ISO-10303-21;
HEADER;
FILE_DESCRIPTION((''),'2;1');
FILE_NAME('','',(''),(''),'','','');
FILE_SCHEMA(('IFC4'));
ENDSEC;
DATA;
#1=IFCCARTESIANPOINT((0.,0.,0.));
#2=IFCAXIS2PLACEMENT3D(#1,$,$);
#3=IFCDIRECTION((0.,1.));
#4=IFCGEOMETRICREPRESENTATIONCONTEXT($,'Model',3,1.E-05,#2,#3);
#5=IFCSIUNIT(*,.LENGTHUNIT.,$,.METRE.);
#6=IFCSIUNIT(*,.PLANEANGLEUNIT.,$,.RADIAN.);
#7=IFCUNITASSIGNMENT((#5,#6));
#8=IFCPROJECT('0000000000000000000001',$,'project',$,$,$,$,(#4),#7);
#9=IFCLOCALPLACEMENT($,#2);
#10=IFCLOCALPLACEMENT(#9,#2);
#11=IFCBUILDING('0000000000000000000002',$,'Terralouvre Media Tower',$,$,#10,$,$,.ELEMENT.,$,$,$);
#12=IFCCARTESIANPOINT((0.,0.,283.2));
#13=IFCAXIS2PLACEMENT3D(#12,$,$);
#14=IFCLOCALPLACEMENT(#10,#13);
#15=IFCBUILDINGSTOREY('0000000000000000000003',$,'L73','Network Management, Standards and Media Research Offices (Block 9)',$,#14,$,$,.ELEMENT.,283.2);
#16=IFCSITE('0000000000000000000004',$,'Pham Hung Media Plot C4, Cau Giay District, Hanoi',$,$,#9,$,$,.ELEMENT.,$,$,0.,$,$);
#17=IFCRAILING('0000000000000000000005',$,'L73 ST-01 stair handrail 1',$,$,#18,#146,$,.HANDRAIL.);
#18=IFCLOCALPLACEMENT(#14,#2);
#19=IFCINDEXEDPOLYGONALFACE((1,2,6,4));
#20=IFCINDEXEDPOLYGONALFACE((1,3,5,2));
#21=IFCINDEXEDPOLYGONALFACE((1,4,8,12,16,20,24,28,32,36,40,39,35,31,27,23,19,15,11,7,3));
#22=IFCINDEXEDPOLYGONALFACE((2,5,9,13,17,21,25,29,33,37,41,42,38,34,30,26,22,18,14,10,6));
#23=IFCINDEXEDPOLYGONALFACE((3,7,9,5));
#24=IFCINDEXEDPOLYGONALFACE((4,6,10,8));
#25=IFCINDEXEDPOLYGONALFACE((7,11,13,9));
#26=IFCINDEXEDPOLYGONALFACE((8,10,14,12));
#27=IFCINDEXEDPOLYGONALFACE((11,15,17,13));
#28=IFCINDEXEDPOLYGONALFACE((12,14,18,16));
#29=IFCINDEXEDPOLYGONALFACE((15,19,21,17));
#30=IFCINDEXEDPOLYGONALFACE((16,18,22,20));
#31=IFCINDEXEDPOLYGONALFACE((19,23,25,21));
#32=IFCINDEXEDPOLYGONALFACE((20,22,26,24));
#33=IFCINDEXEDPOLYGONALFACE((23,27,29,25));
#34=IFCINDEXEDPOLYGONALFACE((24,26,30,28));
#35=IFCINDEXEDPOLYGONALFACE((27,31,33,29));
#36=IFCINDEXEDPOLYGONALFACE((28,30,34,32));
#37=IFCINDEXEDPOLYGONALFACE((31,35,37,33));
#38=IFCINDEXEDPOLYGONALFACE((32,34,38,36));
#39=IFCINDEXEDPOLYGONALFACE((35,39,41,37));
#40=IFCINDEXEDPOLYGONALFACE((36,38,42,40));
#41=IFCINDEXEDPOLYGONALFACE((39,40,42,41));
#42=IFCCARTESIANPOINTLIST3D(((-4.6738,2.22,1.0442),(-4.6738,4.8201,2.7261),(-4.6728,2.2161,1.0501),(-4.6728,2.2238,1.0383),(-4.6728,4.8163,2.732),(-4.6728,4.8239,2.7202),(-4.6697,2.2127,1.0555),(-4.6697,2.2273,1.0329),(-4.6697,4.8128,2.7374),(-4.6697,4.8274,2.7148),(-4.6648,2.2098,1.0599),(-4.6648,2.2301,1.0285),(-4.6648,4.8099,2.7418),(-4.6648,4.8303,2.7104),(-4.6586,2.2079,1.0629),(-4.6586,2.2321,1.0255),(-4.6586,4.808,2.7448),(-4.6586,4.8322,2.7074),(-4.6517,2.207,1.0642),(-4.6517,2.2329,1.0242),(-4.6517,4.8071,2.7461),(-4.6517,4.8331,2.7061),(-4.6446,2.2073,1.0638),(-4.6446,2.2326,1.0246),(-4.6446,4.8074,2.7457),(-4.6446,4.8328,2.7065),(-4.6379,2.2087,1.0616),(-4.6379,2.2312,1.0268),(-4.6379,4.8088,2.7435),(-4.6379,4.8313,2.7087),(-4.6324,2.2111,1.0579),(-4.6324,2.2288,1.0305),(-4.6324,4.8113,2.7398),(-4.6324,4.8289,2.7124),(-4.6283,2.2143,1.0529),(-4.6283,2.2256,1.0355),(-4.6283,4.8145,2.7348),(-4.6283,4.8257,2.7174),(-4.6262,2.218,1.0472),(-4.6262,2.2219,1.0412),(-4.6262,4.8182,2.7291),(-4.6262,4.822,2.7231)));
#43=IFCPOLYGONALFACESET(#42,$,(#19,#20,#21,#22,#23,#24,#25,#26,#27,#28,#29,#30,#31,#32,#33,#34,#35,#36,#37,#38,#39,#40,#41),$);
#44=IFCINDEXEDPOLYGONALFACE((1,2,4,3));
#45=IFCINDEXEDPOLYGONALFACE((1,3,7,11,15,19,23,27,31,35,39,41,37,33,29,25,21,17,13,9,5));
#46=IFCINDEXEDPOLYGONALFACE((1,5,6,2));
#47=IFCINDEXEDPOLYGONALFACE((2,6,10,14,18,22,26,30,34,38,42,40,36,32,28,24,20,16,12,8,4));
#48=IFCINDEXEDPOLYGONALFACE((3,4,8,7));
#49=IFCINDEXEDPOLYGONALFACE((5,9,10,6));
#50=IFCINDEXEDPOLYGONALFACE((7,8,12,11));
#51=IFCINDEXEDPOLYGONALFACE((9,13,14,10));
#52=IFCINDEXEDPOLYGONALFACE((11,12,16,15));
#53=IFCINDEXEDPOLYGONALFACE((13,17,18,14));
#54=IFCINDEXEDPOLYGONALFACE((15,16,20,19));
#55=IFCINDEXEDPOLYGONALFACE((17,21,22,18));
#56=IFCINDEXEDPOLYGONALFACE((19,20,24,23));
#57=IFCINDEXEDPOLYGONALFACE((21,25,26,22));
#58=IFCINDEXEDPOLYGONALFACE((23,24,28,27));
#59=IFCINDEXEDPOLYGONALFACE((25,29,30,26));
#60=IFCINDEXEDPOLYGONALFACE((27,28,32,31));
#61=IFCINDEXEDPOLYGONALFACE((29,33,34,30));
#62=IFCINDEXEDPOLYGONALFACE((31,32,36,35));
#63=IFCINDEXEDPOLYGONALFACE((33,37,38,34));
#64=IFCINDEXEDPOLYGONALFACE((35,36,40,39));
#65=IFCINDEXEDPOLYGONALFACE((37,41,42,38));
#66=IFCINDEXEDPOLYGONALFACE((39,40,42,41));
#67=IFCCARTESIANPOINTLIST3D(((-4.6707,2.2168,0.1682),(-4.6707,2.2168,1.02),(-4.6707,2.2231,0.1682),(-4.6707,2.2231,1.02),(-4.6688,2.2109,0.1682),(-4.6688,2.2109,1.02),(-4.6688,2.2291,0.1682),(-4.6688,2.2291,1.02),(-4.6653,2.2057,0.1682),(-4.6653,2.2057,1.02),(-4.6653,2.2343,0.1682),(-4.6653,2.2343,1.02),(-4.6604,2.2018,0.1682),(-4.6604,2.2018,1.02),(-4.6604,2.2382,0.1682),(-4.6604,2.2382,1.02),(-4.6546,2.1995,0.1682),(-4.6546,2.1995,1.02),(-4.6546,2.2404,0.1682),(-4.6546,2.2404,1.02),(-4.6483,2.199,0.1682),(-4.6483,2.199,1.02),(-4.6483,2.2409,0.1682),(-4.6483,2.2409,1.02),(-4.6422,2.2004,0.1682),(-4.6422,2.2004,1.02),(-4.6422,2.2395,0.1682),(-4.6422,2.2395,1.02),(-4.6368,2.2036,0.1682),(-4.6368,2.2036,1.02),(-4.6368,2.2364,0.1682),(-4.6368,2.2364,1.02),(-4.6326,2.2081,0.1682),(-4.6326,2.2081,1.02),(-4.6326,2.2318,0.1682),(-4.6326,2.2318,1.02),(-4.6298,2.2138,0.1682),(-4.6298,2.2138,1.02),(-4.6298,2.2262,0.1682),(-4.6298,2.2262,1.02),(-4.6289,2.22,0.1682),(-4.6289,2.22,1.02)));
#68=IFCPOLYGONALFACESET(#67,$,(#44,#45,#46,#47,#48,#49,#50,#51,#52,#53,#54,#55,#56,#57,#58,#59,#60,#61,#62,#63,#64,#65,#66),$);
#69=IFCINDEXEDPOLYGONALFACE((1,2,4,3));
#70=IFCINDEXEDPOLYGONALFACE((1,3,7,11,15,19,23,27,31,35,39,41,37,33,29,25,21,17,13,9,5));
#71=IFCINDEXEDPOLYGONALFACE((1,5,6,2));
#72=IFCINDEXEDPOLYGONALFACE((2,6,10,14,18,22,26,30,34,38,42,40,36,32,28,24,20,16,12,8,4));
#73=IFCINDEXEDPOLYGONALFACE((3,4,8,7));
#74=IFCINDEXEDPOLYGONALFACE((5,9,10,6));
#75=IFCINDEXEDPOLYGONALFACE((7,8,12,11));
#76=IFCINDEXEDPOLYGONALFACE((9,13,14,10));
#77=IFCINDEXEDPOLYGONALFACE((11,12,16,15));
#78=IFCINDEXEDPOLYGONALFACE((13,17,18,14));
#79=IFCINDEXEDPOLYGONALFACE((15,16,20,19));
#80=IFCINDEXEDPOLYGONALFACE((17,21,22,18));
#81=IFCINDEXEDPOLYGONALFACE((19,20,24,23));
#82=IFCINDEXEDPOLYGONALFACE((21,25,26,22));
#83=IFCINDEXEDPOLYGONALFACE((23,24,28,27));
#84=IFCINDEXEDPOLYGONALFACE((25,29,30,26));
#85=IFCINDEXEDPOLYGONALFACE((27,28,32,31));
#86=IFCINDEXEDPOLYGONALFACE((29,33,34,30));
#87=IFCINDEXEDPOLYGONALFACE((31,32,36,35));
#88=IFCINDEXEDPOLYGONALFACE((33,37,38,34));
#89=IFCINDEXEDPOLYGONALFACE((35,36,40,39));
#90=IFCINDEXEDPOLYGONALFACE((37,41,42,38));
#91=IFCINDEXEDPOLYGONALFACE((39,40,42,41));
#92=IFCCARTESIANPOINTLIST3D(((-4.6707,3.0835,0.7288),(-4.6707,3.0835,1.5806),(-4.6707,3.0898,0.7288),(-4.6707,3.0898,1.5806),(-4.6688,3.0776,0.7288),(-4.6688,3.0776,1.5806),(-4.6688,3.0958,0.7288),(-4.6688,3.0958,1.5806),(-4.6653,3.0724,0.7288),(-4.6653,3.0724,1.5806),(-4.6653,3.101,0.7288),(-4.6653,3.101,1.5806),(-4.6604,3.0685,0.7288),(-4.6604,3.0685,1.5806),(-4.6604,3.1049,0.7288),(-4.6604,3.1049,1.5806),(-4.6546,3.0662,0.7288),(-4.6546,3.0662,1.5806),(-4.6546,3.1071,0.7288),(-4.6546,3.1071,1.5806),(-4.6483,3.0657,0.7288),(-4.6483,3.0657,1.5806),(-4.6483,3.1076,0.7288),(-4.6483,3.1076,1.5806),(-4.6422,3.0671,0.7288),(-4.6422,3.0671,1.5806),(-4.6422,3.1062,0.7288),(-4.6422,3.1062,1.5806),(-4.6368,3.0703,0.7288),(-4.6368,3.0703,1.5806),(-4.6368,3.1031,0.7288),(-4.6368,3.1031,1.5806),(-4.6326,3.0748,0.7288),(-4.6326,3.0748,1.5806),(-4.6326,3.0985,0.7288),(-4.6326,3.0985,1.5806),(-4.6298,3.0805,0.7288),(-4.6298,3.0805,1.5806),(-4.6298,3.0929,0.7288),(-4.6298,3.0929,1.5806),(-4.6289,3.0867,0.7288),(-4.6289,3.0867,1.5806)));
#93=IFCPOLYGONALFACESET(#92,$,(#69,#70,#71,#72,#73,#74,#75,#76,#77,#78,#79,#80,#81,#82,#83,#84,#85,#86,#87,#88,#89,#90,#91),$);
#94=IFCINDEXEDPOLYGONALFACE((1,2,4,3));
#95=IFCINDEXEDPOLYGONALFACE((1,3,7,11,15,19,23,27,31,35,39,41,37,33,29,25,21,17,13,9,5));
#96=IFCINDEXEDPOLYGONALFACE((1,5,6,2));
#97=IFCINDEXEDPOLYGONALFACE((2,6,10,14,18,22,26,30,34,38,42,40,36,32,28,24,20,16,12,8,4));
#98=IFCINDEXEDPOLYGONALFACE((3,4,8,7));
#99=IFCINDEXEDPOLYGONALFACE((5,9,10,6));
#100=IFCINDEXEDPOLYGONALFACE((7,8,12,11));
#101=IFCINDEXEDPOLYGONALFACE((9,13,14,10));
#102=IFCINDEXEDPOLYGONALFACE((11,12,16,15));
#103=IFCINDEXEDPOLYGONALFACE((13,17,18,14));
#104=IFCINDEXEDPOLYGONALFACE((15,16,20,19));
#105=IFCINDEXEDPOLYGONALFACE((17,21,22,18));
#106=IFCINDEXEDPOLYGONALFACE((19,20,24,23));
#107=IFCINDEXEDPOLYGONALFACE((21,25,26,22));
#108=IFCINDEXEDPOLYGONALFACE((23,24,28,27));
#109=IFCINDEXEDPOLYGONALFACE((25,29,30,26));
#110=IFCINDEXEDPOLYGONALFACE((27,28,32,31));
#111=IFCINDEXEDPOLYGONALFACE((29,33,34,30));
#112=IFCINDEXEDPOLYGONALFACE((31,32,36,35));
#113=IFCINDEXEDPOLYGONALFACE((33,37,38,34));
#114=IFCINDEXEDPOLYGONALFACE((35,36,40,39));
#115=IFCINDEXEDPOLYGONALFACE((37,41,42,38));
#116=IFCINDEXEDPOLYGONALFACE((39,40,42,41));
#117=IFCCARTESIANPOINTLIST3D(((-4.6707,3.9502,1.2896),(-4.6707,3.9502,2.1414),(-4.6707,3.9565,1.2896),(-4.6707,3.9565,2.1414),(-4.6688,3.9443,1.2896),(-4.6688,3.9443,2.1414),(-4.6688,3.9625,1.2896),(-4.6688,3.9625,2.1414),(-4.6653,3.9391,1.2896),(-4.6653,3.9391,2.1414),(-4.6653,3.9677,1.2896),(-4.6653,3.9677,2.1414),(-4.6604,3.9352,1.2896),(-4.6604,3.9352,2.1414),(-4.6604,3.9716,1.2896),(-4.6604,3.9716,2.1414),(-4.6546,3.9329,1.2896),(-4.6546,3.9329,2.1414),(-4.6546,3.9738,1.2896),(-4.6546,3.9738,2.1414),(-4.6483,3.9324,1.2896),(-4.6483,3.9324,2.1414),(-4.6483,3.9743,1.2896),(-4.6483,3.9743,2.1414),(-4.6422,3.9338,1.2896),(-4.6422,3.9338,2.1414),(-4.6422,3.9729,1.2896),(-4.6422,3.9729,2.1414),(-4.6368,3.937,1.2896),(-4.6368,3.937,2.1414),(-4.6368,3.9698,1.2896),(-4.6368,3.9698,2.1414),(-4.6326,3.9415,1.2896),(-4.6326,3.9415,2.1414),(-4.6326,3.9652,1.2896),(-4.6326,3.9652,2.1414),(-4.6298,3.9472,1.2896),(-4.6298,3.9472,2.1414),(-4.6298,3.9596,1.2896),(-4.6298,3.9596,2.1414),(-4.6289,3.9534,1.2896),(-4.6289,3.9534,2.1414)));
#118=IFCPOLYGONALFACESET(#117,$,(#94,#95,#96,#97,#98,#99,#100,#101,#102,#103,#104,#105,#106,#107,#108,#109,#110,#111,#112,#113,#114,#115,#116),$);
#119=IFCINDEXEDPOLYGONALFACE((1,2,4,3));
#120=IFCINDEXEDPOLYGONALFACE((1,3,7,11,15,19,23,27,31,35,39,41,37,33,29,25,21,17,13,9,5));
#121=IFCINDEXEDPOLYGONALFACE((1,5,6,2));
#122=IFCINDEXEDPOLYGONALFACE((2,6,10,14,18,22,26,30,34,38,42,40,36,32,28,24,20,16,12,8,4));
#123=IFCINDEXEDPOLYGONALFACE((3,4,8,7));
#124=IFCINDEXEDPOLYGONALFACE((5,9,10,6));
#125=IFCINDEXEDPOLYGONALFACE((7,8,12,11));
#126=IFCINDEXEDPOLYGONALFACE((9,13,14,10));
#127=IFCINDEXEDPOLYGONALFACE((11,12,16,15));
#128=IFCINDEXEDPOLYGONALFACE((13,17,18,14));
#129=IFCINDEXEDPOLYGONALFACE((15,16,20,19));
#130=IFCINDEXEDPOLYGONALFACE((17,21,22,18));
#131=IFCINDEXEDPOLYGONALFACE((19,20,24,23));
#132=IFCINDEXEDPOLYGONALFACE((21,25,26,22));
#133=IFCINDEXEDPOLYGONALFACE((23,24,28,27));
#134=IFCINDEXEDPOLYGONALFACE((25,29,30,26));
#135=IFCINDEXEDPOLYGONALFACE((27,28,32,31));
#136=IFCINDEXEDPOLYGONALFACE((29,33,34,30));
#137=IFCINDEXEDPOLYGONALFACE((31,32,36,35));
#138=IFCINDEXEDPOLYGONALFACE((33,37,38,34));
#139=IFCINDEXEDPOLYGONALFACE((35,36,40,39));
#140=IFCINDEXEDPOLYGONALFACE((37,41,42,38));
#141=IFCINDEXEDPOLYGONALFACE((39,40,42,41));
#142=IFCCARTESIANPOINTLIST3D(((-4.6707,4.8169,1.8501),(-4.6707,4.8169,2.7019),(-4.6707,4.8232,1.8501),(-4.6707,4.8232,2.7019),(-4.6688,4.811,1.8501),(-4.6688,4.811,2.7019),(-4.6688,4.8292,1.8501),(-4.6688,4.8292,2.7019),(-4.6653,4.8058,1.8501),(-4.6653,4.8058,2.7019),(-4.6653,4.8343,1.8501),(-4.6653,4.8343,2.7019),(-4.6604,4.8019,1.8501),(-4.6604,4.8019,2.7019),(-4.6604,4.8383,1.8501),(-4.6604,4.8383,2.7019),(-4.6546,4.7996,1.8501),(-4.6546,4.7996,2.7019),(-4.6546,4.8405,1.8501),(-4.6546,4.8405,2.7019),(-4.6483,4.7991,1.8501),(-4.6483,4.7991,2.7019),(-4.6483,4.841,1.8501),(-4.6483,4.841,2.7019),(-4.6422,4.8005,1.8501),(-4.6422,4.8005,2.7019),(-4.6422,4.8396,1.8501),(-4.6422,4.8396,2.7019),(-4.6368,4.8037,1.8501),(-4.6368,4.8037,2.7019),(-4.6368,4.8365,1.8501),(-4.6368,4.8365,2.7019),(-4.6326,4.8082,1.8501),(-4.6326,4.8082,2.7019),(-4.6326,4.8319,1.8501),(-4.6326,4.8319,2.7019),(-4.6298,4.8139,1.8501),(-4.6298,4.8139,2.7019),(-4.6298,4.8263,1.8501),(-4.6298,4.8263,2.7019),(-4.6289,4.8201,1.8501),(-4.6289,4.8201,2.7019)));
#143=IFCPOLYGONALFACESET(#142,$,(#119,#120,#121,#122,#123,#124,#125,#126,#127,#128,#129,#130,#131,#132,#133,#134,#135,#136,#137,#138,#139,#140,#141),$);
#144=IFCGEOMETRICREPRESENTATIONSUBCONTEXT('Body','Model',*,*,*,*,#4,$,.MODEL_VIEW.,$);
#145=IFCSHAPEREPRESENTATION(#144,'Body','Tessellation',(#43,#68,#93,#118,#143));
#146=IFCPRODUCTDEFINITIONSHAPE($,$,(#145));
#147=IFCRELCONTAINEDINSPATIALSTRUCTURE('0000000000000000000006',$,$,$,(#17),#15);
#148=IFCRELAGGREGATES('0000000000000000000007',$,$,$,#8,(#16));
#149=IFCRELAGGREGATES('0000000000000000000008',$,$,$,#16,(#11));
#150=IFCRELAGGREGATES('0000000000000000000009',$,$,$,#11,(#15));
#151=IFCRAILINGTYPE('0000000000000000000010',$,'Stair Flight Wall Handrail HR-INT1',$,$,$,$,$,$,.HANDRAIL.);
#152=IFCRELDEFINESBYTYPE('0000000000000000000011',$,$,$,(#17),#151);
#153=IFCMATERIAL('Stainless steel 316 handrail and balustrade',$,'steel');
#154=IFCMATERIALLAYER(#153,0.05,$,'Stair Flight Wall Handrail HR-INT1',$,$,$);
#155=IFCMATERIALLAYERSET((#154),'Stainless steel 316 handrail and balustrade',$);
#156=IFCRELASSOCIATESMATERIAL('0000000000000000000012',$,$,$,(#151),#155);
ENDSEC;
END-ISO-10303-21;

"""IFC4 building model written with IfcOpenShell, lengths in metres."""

from ifc_helpers import new_model, si_unit, direction, frame, origin, origin_2d, place, context, subcontext, project, spatial, circle, extrude, material, layer, layer_set, type_object, element, save


model = new_model("IFC4")

# Units and contexts
model_context = context("Model", 3, precision=1e-05, world=origin(), true_north=direction((0.0, 1.0)))
body_context = subcontext(model_context, "Body", "Model", "MODEL_VIEW")
ifc_project = project(units=[si_unit("LENGTHUNIT", "METRE"), si_unit("PLANEANGLEUNIT", "RADIAN")], contexts=[model_context])

# Site, building, storey
site_placement = place(None, origin())
site = spatial("IfcSite", under=ifc_project, at=site_placement, Name="Pham Hung Media Plot C4, Cau Giay District, Hanoi", CompositionType="ELEMENT", RefElevation=0.0)
building_placement = place(site_placement, origin())
building = spatial("IfcBuilding", under=site, at=building_placement, Name="Terralouvre Media Tower", CompositionType="ELEMENT")
storey_placement = place(building_placement, frame((0.0, 0.0, 283.2)))
storey = spatial("IfcBuildingStorey", under=building, at=storey_placement, Name="L73", Description="Network Management, Standards and Media Research Offices (Block 9)", CompositionType="ELEMENT", Elevation=283.2)

# Railing
ifc_material_1 = material(Name="Stainless steel 316 handrail and balustrade", Category="steel")
ifc_layer_1 = layer(ifc_material_1, 0.05, Name="Stair Flight Wall Handrail HR-INT1")
ifc_layer_set_1 = layer_set([ifc_layer_1], Name="Stainless steel 316 handrail and balustrade")
railing_type_1 = type_object("IfcRailingType", Name="Stair Flight Wall Handrail HR-INT1", PredefinedType="HANDRAIL", material=ifc_layer_set_1)
railing_1_placement = place(storey_placement, frame((-4.6499, 2.22, 0.1682)))
element("IfcRailing", 1, at=railing_1_placement, inside=storey, type_object=railing_type_1, Name="L73 ST-01 stair handrail 1", PredefinedType="HANDRAIL", context=body_context, shape_type="SweptSolid", body=[
    extrude(circle(Radius=0.0239, at=origin_2d()), frame((0.0, 0.0, 0.876), z_axis=(0.0, 0.839648, 0.54313), x_axis=(-1.0, 0.0, 0.0)), (0.0, 0.0, 1.0), 3.0967),
    extrude(circle(Radius=0.021, at=origin_2d()), origin(), (0.0, 0.0, 1.0), 0.8518),
    extrude(circle(Radius=0.021, at=origin_2d()), frame((0.0, 0.8667, 0.5605)), (0.0, 0.0, 1.0), 0.8518),
    extrude(circle(Radius=0.021, at=origin_2d()), frame((0.0, 1.7334, 1.1213)), (0.0, 0.0, 1.0), 0.8518),
    extrude(circle(Radius=0.021, at=origin_2d()), frame((0.0, 2.6001, 1.6819)), (0.0, 0.0, 1.0), 0.8518),
])

save(model, "model.ifc")
